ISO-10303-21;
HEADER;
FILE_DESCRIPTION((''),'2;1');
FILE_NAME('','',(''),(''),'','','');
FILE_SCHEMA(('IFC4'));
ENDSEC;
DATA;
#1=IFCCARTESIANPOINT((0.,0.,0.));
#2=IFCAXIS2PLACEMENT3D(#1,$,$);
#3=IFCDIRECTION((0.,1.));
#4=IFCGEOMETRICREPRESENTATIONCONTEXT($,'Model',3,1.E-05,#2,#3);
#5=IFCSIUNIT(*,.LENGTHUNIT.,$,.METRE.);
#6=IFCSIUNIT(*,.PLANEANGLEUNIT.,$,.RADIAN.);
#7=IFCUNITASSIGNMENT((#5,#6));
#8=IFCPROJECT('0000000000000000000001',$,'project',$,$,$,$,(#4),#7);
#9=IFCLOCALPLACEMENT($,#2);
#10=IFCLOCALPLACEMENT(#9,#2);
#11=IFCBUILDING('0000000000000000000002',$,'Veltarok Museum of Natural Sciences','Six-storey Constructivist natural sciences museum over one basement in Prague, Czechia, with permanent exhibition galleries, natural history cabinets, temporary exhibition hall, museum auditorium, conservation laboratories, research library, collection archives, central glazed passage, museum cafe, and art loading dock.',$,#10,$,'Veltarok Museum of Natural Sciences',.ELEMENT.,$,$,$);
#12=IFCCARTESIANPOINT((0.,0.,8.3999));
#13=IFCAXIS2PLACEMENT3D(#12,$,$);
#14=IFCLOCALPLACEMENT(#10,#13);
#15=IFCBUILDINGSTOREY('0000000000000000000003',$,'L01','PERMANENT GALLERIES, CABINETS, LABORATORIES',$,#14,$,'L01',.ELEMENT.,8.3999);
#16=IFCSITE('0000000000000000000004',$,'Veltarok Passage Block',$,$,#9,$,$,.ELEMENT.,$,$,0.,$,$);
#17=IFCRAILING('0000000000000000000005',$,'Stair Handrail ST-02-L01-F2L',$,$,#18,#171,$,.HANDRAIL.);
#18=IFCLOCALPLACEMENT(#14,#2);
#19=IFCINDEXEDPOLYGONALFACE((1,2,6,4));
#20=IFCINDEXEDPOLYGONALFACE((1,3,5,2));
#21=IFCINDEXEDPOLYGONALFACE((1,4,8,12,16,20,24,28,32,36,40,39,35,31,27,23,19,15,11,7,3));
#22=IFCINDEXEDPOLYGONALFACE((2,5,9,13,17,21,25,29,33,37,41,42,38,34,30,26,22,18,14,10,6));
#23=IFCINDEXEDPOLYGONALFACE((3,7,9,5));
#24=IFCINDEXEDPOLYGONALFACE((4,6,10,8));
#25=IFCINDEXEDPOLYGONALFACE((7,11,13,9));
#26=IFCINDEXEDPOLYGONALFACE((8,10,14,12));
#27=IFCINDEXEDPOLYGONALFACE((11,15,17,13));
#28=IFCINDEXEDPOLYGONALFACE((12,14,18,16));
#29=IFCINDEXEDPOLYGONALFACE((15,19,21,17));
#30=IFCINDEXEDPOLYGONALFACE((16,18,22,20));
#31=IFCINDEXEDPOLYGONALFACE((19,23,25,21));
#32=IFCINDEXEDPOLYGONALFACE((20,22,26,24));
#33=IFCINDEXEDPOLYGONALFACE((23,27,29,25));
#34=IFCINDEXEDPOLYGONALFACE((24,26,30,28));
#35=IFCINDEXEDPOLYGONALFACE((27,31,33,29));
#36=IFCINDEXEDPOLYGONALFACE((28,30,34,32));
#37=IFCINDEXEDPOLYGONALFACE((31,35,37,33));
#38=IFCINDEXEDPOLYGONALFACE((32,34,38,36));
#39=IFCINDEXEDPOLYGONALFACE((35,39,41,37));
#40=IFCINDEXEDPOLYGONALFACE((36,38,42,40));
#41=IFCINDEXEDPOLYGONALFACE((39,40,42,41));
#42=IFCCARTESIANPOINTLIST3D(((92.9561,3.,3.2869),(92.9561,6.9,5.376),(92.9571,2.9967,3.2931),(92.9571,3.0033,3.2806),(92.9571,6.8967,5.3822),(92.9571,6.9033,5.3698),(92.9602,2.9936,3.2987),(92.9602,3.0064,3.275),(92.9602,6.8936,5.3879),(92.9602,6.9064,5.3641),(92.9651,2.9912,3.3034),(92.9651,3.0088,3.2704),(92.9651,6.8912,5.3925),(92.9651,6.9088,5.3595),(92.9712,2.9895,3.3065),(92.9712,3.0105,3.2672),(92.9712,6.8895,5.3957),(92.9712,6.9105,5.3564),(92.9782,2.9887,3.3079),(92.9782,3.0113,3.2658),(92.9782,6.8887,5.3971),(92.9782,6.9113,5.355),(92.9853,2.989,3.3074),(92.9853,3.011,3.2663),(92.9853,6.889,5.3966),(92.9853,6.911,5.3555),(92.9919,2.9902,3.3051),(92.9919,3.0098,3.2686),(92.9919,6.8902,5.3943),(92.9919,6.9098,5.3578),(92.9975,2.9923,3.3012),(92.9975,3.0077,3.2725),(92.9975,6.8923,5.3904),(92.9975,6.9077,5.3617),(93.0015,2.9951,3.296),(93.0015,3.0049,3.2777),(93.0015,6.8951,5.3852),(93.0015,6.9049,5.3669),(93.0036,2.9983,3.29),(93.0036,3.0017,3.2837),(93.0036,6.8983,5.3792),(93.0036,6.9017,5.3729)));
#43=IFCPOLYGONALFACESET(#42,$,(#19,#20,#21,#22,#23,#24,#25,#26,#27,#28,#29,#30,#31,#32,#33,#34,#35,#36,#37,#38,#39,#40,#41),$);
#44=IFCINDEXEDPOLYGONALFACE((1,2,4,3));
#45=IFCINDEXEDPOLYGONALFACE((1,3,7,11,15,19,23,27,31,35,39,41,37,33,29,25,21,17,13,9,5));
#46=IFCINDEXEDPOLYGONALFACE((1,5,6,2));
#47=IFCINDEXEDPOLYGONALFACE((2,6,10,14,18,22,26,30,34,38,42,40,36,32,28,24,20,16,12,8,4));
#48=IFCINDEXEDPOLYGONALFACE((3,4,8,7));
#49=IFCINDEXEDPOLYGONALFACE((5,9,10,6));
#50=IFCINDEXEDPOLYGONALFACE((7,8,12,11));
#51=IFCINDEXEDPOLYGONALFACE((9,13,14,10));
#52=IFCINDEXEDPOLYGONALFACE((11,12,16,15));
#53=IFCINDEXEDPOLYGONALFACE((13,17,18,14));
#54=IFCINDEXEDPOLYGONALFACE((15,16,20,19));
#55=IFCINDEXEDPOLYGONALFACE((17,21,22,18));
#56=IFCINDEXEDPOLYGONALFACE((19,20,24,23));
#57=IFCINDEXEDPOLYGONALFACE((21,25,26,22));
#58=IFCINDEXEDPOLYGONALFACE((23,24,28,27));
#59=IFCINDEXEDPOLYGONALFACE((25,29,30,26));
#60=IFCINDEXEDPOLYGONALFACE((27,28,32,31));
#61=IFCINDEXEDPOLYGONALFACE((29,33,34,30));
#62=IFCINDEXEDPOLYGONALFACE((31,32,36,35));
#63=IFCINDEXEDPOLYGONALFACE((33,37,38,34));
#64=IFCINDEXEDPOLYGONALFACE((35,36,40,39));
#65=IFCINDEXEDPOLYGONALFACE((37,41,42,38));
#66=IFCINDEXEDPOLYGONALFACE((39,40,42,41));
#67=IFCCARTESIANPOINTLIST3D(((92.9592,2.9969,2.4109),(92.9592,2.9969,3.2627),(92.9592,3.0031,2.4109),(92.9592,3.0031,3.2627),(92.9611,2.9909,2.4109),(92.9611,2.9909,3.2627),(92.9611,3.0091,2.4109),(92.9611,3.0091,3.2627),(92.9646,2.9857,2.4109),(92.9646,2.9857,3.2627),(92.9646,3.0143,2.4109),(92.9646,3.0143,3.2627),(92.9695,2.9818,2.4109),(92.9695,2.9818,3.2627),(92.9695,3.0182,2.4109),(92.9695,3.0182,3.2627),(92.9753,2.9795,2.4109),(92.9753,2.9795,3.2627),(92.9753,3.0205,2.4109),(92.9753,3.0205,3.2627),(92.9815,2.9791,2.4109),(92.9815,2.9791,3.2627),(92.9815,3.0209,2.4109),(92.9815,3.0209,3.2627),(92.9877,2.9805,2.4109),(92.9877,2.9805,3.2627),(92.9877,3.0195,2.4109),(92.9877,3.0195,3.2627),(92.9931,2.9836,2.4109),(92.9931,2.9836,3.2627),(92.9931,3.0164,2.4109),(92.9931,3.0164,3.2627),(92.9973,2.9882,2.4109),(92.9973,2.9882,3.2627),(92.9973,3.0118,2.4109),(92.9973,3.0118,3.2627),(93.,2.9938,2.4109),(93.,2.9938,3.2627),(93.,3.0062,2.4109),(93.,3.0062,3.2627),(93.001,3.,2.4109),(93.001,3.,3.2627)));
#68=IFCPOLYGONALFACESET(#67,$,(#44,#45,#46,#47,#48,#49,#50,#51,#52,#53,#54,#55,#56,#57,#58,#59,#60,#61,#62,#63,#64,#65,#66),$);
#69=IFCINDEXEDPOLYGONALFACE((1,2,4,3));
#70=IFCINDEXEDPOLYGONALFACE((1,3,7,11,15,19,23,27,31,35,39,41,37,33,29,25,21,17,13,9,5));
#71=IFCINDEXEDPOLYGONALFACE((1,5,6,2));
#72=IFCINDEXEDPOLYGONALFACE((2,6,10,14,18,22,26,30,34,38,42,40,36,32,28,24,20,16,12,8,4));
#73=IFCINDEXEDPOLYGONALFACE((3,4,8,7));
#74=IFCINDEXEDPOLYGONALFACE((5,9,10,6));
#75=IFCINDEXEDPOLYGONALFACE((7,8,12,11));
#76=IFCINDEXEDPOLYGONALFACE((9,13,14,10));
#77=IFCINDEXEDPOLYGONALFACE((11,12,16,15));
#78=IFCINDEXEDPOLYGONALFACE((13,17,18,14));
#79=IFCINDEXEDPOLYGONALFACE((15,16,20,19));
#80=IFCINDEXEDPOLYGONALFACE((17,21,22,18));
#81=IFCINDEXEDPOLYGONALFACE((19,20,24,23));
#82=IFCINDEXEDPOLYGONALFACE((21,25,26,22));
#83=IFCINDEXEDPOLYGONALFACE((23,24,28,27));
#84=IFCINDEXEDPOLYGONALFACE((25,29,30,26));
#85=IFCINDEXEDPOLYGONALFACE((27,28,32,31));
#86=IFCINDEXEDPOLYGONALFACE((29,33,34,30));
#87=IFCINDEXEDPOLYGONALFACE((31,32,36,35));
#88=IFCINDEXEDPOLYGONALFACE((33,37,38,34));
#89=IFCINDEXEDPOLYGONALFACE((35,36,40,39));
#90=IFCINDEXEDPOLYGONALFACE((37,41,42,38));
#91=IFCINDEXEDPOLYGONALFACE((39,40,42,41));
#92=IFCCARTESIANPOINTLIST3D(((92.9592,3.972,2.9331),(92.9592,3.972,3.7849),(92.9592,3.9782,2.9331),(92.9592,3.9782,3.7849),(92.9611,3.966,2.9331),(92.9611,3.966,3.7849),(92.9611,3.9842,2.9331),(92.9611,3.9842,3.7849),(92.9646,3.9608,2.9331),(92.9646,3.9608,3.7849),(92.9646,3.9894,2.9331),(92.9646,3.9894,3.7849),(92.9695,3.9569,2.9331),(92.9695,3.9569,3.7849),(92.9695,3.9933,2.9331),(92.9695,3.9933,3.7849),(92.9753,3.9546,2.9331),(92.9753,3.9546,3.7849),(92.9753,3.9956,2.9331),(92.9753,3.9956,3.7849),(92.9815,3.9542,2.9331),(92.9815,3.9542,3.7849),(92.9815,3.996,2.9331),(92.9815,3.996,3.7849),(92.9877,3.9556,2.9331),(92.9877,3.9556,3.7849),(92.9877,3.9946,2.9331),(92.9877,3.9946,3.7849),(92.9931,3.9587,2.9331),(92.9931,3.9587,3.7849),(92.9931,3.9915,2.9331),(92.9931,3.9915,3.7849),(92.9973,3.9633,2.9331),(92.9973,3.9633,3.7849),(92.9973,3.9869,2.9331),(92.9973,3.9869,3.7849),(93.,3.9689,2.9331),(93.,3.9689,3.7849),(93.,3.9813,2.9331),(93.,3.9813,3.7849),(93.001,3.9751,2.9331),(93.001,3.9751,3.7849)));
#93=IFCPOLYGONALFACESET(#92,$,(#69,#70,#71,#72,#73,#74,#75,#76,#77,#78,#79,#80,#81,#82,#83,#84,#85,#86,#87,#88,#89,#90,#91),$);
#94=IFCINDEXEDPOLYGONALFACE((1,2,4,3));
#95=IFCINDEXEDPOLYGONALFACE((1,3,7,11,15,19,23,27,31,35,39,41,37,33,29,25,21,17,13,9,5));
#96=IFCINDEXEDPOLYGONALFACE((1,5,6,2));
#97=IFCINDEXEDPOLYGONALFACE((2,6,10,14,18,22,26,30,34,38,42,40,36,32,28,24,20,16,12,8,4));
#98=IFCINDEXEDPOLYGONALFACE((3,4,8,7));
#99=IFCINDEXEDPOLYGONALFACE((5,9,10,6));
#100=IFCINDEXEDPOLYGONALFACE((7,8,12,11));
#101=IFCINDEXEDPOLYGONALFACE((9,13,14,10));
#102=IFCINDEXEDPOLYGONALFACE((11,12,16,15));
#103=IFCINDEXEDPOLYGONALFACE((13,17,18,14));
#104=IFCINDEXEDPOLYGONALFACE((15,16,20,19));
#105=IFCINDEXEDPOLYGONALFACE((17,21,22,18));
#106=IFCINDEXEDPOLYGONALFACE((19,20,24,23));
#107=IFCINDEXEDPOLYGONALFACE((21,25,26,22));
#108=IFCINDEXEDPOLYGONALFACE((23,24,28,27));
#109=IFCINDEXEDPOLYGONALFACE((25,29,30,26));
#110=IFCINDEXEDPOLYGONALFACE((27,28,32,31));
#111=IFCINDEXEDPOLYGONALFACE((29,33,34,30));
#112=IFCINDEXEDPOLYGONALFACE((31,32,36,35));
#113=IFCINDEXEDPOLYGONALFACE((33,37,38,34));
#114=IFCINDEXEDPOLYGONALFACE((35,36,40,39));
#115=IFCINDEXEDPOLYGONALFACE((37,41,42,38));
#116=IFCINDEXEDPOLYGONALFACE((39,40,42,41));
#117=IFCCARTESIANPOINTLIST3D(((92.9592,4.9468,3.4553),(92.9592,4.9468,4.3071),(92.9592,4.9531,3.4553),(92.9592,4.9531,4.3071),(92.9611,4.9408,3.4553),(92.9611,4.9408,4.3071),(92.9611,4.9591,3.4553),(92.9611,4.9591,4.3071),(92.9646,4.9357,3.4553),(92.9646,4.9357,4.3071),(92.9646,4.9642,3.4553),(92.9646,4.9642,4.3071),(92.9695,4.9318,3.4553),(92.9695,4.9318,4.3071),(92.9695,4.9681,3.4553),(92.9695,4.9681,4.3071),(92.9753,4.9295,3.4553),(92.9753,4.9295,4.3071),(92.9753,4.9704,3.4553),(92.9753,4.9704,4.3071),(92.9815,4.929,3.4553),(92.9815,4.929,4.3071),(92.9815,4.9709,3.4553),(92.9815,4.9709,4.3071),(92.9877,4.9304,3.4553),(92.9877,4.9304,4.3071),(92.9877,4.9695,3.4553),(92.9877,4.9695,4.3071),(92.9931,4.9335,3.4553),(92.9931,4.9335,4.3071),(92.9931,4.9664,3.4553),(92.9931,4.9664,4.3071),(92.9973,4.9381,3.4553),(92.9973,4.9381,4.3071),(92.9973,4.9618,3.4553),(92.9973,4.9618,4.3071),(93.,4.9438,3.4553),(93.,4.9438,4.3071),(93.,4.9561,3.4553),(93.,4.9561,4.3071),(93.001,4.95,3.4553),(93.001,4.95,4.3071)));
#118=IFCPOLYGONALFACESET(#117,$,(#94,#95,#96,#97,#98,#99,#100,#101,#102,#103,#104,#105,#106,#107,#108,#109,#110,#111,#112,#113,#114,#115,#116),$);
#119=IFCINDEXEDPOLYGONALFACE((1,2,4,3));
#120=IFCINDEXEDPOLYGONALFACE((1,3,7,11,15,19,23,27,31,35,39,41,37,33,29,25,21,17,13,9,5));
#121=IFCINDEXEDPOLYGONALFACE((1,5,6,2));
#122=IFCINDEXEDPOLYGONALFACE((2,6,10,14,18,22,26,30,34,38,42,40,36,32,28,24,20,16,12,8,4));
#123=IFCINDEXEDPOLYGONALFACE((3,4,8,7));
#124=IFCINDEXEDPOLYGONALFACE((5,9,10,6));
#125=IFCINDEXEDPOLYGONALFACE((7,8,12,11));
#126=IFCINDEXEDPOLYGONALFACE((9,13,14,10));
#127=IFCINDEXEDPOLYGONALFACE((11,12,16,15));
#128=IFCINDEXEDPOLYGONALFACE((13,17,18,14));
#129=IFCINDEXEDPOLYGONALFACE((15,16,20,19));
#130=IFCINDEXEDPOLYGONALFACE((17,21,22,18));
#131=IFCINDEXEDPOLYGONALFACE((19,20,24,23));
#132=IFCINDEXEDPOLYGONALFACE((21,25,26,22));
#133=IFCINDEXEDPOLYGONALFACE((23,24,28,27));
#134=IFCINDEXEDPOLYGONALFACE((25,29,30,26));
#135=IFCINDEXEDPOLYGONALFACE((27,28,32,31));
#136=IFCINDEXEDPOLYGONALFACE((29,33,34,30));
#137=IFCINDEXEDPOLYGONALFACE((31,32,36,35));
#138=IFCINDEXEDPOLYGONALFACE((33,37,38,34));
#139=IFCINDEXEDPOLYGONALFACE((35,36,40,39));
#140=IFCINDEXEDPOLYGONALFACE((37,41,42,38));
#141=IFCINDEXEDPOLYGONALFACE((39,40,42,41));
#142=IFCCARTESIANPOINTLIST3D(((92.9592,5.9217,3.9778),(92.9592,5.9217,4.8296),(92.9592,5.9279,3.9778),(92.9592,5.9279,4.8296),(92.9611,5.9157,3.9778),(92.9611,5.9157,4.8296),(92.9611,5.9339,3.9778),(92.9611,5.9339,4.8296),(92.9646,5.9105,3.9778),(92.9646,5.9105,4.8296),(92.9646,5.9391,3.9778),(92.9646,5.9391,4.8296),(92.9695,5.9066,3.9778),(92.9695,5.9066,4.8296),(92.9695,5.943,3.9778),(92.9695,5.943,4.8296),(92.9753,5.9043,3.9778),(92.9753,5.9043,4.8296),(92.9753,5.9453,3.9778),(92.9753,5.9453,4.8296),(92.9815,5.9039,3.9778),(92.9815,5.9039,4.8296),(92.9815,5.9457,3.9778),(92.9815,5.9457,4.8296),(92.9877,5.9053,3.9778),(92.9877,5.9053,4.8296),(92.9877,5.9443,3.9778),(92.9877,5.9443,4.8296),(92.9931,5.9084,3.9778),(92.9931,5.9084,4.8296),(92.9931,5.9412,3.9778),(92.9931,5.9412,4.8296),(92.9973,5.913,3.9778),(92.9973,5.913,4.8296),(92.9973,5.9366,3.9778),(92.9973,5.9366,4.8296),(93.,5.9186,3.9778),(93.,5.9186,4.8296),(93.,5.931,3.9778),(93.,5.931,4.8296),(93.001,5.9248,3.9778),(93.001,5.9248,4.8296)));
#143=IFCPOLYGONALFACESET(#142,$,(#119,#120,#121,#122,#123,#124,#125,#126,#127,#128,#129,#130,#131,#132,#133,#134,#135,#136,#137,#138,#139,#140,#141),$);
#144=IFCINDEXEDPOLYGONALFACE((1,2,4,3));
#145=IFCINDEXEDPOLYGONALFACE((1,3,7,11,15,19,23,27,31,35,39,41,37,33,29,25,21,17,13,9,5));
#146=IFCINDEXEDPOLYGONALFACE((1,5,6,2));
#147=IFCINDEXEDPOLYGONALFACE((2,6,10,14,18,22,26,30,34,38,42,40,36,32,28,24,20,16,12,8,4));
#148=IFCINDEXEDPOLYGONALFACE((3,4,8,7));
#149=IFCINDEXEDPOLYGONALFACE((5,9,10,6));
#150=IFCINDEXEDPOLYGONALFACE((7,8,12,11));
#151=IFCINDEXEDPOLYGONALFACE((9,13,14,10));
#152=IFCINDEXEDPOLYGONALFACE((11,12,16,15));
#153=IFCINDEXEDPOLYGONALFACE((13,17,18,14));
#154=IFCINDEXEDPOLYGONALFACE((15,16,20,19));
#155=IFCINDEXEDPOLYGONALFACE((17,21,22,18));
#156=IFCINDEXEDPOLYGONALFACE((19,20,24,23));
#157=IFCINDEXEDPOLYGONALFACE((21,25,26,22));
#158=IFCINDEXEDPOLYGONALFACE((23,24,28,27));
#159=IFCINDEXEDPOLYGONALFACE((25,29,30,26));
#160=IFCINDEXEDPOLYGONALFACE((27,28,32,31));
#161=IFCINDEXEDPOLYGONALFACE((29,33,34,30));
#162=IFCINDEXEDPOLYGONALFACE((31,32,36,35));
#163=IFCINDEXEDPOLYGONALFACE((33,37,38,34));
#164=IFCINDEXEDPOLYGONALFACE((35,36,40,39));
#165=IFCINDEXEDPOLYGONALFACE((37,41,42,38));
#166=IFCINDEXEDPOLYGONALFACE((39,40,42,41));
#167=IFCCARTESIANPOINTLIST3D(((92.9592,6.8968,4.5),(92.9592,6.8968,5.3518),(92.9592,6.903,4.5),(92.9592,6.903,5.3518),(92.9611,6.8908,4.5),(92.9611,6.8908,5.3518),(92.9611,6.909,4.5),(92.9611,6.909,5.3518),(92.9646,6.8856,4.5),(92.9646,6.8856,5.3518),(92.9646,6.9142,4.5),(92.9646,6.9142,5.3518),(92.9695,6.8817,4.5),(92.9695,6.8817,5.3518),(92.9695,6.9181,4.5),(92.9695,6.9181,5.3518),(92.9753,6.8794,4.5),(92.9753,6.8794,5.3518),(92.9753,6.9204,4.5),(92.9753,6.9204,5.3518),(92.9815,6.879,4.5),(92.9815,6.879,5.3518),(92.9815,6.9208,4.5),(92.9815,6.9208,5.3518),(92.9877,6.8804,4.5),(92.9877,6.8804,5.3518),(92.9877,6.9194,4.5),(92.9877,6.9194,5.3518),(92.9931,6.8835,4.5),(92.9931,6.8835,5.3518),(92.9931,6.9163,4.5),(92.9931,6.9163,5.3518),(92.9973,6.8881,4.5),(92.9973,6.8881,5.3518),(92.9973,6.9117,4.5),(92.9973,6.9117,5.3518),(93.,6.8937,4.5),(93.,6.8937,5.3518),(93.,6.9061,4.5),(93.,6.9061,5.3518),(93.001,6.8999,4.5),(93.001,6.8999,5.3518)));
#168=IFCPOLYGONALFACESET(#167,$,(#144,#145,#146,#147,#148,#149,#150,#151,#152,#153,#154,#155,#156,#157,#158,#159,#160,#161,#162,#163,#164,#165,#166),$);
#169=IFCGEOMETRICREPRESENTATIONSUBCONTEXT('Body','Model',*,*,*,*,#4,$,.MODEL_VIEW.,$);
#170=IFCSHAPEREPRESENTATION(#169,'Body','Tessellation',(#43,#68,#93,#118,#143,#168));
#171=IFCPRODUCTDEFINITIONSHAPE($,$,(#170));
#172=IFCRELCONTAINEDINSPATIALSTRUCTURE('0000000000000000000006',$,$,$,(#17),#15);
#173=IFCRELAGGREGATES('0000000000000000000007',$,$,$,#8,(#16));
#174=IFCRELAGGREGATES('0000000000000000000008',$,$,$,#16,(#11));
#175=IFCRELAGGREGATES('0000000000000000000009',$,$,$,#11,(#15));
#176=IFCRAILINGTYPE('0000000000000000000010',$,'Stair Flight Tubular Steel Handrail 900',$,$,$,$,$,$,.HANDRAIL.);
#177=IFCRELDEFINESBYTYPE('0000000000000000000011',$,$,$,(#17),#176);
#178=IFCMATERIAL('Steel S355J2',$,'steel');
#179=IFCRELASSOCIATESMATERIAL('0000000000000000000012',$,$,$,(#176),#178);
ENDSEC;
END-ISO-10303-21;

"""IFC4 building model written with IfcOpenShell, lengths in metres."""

from ifc_helpers import new_model, si_unit, direction, frame, origin, origin_2d, place, context, subcontext, project, spatial, circle, extrude, material, type_object, element, save


model = new_model("IFC4")

# Units and contexts
model_context = context("Model", 3, precision=1e-05, world=origin(), true_north=direction((0.0, 1.0)))
body_context = subcontext(model_context, "Body", "Model", "MODEL_VIEW")
ifc_project = project(units=[si_unit("LENGTHUNIT", "METRE"), si_unit("PLANEANGLEUNIT", "RADIAN")], contexts=[model_context])

# Site, building, storey
site_placement = place(None, origin())
site = spatial("IfcSite", under=ifc_project, at=site_placement, Name="Veltarok Passage Block", CompositionType="ELEMENT", RefElevation=0.0)
building_placement = place(site_placement, origin())
building = spatial("IfcBuilding", under=site, at=building_placement, Name="Veltarok Museum of Natural Sciences", Description="Six-storey Constructivist natural sciences museum over one basement in Prague, Czechia, with permanent exhibition galleries, natural history cabinets, temporary exhibition hall, museum auditorium, conservation laboratories, research library, collection archives, central glazed passage, museum cafe, and art loading dock.", LongName="Veltarok Museum of Natural Sciences", CompositionType="ELEMENT")
storey_placement = place(building_placement, frame((0.0, 0.0, 8.3999)))
storey = spatial("IfcBuildingStorey", under=building, at=storey_placement, Name="L01", Description="PERMANENT GALLERIES, CABINETS, LABORATORIES", LongName="L01", CompositionType="ELEMENT", Elevation=8.3999)

# Shared definitions
ifc_material_1 = material(Name="Steel S355J2", Category="steel")

# Railing
railing_type_1 = type_object("IfcRailingType", Name="Stair Flight Tubular Steel Handrail 900", PredefinedType="HANDRAIL", material=ifc_material_1)
for number, where, name in (
    (1, (92.98, 3.0, 2.4109), "Stair Handrail ST-02-L01-F2L"),
):
    element("IfcRailing", number, at=place(storey_placement, frame(where)), inside=storey, type_object=railing_type_1, Name=name, PredefinedType="HANDRAIL", context=body_context, shape_type="SweptSolid", body=[
        extrude(circle(Radius=0.0239, at=origin_2d()), frame((0.0, 0.0, 0.876), z_axis=(0.0, 0.881491, 0.4722), x_axis=(-1.0, 0.0, 0.0)), (0.0, 0.0, 1.0), 4.4243),
        extrude(circle(Radius=0.021, at=origin_2d()), origin(), (0.0, 0.0, 1.0), 0.8518),
        extrude(circle(Radius=0.021, at=origin_2d()), frame((0.0, 0.9751, 0.5222)), (0.0, 0.0, 1.0), 0.8518),
        extrude(circle(Radius=0.021, at=origin_2d()), frame((0.0, 1.95, 1.0444)), (0.0, 0.0, 1.0), 0.8518),
        extrude(circle(Radius=0.021, at=origin_2d()), frame((0.0, 2.9248, 1.5669)), (0.0, 0.0, 1.0), 0.8518),
        extrude(circle(Radius=0.021, at=origin_2d()), frame((0.0, 3.8999, 2.0891)), (0.0, 0.0, 1.0), 0.8518),
    ])

save(model, "model.ifc")
